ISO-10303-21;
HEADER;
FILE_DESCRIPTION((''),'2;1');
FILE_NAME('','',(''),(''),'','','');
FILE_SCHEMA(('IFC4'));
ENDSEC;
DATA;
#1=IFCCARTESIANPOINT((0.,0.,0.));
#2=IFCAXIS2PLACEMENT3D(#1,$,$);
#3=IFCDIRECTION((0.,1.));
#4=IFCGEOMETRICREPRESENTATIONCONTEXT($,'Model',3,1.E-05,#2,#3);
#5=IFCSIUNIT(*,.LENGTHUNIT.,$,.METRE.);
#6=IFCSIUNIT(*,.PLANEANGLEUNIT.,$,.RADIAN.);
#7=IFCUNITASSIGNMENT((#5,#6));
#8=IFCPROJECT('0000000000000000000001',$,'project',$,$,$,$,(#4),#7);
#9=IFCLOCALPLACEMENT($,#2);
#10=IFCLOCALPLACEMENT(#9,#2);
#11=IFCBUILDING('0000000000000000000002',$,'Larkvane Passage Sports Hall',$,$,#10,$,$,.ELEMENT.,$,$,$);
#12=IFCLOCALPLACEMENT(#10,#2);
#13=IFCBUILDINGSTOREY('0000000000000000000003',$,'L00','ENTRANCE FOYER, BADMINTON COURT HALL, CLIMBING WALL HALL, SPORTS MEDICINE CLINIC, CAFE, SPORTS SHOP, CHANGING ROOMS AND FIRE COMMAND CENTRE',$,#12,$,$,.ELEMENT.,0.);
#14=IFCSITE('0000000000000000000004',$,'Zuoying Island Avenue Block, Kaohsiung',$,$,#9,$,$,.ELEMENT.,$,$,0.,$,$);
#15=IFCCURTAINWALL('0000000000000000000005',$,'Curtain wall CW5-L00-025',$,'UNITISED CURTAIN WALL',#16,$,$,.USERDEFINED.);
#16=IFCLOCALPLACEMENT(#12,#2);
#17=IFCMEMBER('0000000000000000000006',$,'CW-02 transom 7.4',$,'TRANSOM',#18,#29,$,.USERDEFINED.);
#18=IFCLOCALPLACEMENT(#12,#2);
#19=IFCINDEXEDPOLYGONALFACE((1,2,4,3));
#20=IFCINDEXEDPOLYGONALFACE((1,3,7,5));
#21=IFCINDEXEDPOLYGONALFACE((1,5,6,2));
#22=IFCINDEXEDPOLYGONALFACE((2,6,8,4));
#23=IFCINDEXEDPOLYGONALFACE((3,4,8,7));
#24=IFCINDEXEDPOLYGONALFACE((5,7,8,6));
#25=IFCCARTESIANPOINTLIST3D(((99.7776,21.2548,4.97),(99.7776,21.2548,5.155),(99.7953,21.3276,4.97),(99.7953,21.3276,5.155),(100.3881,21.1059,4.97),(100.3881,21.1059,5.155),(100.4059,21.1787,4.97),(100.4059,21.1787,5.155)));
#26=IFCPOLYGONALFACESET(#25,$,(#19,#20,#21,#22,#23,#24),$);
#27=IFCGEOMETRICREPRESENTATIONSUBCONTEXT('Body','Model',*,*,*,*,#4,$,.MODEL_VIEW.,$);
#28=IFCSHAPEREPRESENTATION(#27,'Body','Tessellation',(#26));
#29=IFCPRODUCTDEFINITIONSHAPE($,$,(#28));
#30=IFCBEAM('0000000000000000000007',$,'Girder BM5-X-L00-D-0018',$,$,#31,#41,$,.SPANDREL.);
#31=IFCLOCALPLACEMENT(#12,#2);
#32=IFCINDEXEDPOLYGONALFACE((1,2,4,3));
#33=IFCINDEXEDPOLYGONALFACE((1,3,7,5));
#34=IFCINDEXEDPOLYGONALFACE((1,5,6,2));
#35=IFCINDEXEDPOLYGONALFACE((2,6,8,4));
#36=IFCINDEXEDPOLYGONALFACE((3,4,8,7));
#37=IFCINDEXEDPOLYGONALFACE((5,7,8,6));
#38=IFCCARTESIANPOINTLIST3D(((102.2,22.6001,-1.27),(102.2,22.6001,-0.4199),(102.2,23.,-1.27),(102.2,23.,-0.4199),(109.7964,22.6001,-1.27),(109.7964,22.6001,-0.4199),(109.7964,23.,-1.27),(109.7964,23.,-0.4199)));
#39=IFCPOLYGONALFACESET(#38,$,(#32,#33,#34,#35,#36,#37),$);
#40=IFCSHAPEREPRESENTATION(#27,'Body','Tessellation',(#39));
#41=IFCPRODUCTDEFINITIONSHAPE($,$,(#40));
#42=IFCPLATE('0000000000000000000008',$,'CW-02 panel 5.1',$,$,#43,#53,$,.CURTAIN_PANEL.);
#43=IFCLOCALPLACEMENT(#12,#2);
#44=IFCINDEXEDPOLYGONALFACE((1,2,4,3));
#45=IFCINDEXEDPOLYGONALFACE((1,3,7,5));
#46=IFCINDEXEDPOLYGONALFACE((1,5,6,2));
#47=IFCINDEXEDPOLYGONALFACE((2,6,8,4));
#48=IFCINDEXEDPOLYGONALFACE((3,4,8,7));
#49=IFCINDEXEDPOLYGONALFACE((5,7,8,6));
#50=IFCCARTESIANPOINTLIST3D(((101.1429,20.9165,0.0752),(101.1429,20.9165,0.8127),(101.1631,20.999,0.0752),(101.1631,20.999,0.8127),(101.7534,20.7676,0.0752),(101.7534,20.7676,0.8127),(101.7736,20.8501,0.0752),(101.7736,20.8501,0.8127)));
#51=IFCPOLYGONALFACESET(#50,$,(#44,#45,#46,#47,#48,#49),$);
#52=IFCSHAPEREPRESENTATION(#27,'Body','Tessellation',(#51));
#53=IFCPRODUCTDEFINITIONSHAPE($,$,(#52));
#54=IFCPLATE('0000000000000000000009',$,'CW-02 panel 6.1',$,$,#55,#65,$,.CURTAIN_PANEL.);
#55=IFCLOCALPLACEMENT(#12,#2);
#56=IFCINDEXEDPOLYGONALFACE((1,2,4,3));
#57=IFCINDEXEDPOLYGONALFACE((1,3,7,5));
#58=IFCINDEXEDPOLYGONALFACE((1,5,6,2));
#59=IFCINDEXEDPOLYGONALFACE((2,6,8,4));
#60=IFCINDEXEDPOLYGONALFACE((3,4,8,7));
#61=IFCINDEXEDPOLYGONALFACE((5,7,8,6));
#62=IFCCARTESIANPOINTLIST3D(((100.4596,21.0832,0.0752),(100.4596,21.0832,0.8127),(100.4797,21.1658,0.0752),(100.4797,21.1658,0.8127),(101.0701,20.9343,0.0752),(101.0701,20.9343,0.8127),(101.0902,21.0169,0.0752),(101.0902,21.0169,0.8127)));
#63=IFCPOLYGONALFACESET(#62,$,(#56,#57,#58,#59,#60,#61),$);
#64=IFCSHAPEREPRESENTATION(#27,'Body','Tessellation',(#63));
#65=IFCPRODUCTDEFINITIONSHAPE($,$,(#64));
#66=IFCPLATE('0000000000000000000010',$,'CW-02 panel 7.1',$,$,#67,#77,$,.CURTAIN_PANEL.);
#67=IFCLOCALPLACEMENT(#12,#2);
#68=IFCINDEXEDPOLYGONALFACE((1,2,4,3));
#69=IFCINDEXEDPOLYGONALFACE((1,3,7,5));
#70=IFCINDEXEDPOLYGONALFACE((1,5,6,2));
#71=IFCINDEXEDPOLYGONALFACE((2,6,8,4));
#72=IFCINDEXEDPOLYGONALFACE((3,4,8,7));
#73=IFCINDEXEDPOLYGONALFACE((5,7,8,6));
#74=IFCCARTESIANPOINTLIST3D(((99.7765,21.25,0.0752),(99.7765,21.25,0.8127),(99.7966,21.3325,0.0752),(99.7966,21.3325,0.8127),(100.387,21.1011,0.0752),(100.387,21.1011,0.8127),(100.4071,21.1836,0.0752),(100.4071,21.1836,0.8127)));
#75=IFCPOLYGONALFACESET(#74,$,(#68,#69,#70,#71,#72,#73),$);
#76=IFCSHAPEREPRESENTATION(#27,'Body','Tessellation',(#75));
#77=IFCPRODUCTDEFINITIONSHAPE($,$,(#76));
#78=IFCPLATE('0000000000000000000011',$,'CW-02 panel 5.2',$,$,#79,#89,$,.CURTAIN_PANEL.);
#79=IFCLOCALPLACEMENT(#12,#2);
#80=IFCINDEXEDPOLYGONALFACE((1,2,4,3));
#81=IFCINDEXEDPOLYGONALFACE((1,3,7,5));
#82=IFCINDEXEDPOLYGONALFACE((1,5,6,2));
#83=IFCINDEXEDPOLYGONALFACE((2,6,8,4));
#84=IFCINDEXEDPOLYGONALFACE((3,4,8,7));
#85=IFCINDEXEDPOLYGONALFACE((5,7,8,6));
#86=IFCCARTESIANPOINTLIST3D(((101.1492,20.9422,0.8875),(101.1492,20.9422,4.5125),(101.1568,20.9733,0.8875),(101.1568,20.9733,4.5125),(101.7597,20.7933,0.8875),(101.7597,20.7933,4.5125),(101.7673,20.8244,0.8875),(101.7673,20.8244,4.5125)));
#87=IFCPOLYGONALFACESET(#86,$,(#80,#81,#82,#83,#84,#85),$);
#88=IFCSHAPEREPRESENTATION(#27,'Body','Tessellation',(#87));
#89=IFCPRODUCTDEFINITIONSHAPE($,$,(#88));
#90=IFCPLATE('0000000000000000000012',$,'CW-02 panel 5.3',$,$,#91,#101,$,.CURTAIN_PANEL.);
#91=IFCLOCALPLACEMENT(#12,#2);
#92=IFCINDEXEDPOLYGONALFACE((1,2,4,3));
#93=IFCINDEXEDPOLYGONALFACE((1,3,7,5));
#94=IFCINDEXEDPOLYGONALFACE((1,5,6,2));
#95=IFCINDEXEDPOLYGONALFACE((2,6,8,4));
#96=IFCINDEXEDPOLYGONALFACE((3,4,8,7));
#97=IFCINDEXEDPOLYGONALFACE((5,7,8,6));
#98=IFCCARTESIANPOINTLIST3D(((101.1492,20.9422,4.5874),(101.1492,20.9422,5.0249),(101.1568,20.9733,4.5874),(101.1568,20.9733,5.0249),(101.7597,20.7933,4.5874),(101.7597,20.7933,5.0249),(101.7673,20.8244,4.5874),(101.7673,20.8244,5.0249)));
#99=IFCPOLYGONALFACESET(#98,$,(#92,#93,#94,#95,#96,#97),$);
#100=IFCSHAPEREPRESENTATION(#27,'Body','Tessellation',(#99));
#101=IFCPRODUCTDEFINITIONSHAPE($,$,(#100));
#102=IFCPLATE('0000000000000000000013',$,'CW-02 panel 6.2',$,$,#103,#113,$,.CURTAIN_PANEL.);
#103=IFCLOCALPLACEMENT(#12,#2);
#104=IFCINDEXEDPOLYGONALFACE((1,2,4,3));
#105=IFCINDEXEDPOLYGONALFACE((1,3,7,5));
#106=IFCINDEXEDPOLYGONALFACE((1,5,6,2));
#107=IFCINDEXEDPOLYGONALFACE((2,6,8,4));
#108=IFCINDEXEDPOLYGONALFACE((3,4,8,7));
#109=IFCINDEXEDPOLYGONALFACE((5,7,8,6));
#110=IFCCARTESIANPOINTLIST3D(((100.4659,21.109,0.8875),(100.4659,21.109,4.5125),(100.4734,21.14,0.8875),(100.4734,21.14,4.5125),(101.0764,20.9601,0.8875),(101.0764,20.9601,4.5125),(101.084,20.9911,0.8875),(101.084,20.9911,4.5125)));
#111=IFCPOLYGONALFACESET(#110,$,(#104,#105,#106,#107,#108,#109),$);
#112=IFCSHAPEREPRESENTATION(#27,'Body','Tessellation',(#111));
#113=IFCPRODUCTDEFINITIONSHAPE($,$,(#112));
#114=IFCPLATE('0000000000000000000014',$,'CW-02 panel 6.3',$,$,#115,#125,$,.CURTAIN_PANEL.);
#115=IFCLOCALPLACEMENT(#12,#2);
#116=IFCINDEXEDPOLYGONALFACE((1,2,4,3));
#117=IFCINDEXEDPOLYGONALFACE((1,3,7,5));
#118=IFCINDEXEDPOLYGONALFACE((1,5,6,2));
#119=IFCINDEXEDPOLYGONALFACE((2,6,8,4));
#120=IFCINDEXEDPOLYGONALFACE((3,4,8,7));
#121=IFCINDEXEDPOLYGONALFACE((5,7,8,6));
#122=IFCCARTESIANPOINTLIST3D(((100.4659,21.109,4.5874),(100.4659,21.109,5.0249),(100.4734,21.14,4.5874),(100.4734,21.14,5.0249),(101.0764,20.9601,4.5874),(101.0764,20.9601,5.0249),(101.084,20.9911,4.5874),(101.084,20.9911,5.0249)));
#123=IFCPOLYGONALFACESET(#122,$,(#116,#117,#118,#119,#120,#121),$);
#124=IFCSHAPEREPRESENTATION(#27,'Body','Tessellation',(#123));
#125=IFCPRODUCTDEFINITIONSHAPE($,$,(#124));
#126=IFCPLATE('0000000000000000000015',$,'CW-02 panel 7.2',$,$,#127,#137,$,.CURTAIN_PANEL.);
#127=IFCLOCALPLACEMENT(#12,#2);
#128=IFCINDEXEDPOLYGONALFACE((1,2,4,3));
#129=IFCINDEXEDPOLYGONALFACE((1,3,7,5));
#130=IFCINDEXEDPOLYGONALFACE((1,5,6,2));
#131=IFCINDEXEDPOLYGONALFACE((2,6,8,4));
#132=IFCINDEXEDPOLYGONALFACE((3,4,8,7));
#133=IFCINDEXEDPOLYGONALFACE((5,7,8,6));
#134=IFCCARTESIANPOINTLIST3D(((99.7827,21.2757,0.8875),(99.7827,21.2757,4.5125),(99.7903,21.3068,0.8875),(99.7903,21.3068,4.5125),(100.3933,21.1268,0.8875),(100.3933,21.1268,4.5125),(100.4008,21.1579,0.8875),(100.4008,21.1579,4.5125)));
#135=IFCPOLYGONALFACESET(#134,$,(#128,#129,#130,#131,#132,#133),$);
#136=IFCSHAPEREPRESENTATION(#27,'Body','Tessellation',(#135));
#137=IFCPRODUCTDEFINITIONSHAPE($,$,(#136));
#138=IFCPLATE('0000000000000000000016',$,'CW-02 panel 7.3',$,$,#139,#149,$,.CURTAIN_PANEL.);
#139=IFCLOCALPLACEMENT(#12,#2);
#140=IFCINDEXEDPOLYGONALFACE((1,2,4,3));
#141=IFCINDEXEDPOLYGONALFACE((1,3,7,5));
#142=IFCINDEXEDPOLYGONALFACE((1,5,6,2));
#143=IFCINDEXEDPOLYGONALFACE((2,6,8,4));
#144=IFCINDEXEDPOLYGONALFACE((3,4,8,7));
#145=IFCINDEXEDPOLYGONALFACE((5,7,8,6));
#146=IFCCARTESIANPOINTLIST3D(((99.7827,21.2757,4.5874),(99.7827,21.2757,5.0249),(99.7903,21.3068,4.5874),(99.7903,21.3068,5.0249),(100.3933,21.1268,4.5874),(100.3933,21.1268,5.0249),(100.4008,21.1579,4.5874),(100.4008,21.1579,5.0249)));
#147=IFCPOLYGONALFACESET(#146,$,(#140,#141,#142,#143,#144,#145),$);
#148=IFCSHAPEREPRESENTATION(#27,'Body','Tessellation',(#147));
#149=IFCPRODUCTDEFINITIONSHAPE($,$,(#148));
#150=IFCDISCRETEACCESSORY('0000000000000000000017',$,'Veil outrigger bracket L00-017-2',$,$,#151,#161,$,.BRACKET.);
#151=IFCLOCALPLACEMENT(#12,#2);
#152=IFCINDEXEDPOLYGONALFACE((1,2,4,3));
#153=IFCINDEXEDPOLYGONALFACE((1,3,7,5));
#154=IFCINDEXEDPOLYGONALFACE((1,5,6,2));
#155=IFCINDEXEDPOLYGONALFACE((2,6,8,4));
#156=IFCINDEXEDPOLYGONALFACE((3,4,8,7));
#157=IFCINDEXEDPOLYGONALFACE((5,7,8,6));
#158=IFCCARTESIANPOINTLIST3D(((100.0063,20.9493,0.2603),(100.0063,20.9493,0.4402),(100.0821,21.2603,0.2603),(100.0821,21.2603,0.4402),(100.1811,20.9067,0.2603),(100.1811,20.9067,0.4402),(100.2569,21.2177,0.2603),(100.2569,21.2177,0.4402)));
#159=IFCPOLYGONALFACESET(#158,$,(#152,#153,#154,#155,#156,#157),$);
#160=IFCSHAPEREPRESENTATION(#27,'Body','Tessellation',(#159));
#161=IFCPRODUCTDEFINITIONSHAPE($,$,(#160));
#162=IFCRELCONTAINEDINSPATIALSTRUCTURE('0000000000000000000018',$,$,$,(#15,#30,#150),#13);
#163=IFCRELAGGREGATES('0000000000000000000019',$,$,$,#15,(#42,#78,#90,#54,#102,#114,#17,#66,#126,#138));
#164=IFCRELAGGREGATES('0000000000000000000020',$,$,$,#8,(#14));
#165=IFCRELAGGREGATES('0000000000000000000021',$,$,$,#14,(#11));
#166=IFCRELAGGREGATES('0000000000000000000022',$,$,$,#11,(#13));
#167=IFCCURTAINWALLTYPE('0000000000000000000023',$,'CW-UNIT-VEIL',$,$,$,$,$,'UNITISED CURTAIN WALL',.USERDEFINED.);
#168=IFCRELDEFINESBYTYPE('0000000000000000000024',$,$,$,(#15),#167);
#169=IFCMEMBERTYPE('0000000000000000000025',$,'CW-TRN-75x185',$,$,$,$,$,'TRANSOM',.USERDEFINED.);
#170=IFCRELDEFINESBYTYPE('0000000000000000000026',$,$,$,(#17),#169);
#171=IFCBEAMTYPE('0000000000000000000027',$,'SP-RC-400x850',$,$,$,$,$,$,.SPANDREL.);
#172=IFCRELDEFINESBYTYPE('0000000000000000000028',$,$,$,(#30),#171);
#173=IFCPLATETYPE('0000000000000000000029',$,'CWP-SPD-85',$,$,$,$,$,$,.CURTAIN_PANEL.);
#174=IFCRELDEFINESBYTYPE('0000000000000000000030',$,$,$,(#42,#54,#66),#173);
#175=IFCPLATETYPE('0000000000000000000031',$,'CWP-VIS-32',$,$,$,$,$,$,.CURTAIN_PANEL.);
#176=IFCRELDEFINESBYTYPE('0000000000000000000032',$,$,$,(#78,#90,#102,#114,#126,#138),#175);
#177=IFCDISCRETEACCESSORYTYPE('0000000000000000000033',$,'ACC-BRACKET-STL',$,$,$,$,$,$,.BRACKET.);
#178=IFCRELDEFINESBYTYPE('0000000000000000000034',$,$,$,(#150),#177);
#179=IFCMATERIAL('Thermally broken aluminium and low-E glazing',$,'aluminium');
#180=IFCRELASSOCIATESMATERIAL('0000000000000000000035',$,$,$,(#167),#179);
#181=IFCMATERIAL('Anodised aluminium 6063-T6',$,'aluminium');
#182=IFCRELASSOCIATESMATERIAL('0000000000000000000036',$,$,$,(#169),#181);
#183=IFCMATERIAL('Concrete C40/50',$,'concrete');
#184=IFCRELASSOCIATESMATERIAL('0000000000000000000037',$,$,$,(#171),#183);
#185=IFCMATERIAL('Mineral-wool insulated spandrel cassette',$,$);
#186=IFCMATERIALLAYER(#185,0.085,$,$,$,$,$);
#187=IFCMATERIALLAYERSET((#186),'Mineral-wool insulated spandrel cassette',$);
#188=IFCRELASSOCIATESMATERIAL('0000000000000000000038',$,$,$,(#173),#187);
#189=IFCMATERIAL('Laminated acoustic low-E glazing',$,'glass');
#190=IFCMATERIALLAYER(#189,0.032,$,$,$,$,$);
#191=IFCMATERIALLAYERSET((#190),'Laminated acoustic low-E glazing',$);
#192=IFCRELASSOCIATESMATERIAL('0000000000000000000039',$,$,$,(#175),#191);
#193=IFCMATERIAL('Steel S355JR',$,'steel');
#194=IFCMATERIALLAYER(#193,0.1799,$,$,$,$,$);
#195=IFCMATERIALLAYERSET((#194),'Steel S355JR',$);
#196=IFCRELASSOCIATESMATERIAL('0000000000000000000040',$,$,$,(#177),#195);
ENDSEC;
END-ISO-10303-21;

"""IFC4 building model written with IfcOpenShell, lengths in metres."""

from ifc_helpers import new_model, si_unit, direction, frame, origin, origin_2d, place, context, subcontext, project, spatial, rectangle, extrude, material, layer, layer_set, material_profile, profile_set, type_object, element, aggregate, save


model = new_model("IFC4")

# Units and contexts
model_context = context("Model", 3, precision=1e-05, world=origin(), true_north=direction((0.0, 1.0)))
body_context = subcontext(model_context, "Body", "Model", "MODEL_VIEW")
ifc_project = project(units=[si_unit("LENGTHUNIT", "METRE"), si_unit("PLANEANGLEUNIT", "RADIAN")], contexts=[model_context])

# Site, building, storey
site_placement = place(None, origin())
site = spatial("IfcSite", under=ifc_project, at=site_placement, Name="Zuoying Island Avenue Block, Kaohsiung", CompositionType="ELEMENT", RefElevation=0.0)
building_placement = place(site_placement, origin())
building = spatial("IfcBuilding", under=site, at=building_placement, Name="Larkvane Passage Sports Hall", CompositionType="ELEMENT")
storey_placement = place(building_placement, origin())
storey = spatial("IfcBuildingStorey", under=building, at=storey_placement, Name="L00", Description="ENTRANCE FOYER, BADMINTON COURT HALL, CLIMBING WALL HALL, SPORTS MEDICINE CLINIC, CAFE, SPORTS SHOP, CHANGING ROOMS AND FIRE COMMAND CENTRE", CompositionType="ELEMENT", Elevation=0.0)

# Shared definitions
ifc_material_1 = material(Name="Steel S355JR", Category="steel")

# Curtain wall, member
ifc_material_2 = material(Name="Thermally broken aluminium and low-E glazing", Category="aluminium")
curtain_wall_type = type_object("IfcCurtainWallType", Name="CW-UNIT-VEIL", ElementType="UNITISED CURTAIN WALL", PredefinedType="USERDEFINED", material=ifc_material_2)
curtain_wall_placement = place(storey_placement, origin())
curtain_wall = element("IfcCurtainWall", 1, at=curtain_wall_placement, inside=storey, type_object=curtain_wall_type, Name="Curtain wall CW5-L00-025", ObjectType="UNITISED CURTAIN WALL", PredefinedType="USERDEFINED")
ifc_material_3 = material(Name="Anodised aluminium 6063-T6", Category="aluminium")
ifc_material_profile_1 = material_profile(ifc_material_3, rectangle(XDim=0.075, YDim=0.1851, at=origin_2d()), Name="ALU-TRN-75x185")
ifc_profile_set_1 = profile_set([ifc_material_profile_1], Name="Anodised aluminium 6063-T6")
member_type_1 = type_object("IfcMemberType", Name="CW-TRN-75x185", ElementType="TRANSOM", PredefinedType="USERDEFINED", material=ifc_profile_set_1)
member_1_placement = place(storey_placement, frame((100.397, 21.1423, 5.0625), z_axis=(-0.97152, 0.236956, 0.0), x_axis=(-0.236956, -0.97152, 0.0)))
member_1 = element("IfcMember", 2, at=member_1_placement, type_object=member_type_1, Name="CW-02 transom 7.4", ObjectType="TRANSOM", PredefinedType="USERDEFINED", context=body_context, shape_type="SweptSolid", body=[
    extrude(rectangle(XDim=0.075, YDim=0.1851, at=origin_2d()), origin(), (0.0, 0.0, 1.0), 0.6284),
])

# Beam
ifc_material_4 = material(Name="Concrete C40/50", Category="concrete")
ifc_material_profile_2 = material_profile(ifc_material_4, rectangle(XDim=0.3999, YDim=0.8501, at=origin_2d()), Name="RC-SP-400x850")
ifc_profile_set_2 = profile_set([ifc_material_profile_2], Name="Concrete C40/50")
beam_type = type_object("IfcBeamType", Name="SP-RC-400x850", PredefinedType="SPANDREL", material=ifc_profile_set_2)
beam_placement = place(storey_placement, frame((102.2, 22.8, -0.845), z_axis=(1.0, 0.0, 0.0), x_axis=(0.0, 1.0, 0.0)))
element("IfcBeam", 3, at=beam_placement, inside=storey, type_object=beam_type, Name="Girder BM5-X-L00-D-0018", PredefinedType="SPANDREL", context=body_context, shape_type="SweptSolid", body=[
    extrude(rectangle(XDim=0.3999, YDim=0.8501, at=origin_2d()), origin(), (0.0, 0.0, 1.0), 7.5964),
])

# Plates
ifc_material_5 = material(Name="Mineral-wool insulated spandrel cassette")
ifc_layer_1 = layer(ifc_material_5, 0.085)
ifc_layer_set_1 = layer_set([ifc_layer_1], Name="Mineral-wool insulated spandrel cassette")
plate_type_1 = type_object("IfcPlateType", Name="CWP-SPD-85", PredefinedType="CURTAIN_PANEL", material=ifc_layer_set_1)
plate_1_placement = place(storey_placement, frame((101.4583, 20.8833, 0.0752), z_axis=(0.0, 0.0, 1.0), x_axis=(-0.971517, 0.23697, 0.0)))
plate_1 = element("IfcPlate", 4, at=plate_1_placement, type_object=plate_type_1, Name="CW-02 panel 5.1", PredefinedType="CURTAIN_PANEL", context=body_context, shape_type="SweptSolid", body=[
    extrude(rectangle(XDim=0.6284, YDim=0.085, at=origin_2d()), origin(), (0.0, 0.0, 1.0), 0.7375),
])
plate_2_placement = place(storey_placement, frame((100.7749, 21.05, 0.0752), z_axis=(0.0, 0.0, 1.0), x_axis=(-0.971517, 0.23697, 0.0)))
plate_2 = element("IfcPlate", 5, at=plate_2_placement, type_object=plate_type_1, Name="CW-02 panel 6.1", PredefinedType="CURTAIN_PANEL", context=body_context, shape_type="SweptSolid", body=[
    extrude(rectangle(XDim=0.6284, YDim=0.085, at=origin_2d()), origin(), (0.0, 0.0, 1.0), 0.7375),
])
plate_3_placement = place(storey_placement, frame((100.0918, 21.2168, 0.0752), z_axis=(0.0, 0.0, 1.0), x_axis=(-0.971517, 0.23697, 0.0)))
plate_3 = element("IfcPlate", 6, at=plate_3_placement, type_object=plate_type_1, Name="CW-02 panel 7.1", PredefinedType="CURTAIN_PANEL", context=body_context, shape_type="SweptSolid", body=[
    extrude(rectangle(XDim=0.6284, YDim=0.085, at=origin_2d()), origin(), (0.0, 0.0, 1.0), 0.7375),
])
ifc_material_6 = material(Name="Laminated acoustic low-E glazing", Category="glass")
ifc_layer_2 = layer(ifc_material_6, 0.032)
ifc_layer_set_2 = layer_set([ifc_layer_2], Name="Laminated acoustic low-E glazing")
plate_type_2 = type_object("IfcPlateType", Name="CWP-VIS-32", PredefinedType="CURTAIN_PANEL", material=ifc_layer_set_2)
plate_4_placement = place(storey_placement, frame((101.4583, 20.8833, 0.8875), z_axis=(0.0, 0.0, 1.0), x_axis=(-0.971517, 0.23697, 0.0)))
plate_4 = element("IfcPlate", 7, at=plate_4_placement, type_object=plate_type_2, Name="CW-02 panel 5.2", PredefinedType="CURTAIN_PANEL", context=body_context, shape_type="SweptSolid", body=[
    extrude(rectangle(XDim=0.6284, YDim=0.032, at=origin_2d()), origin(), (0.0, 0.0, 1.0), 3.625),
])
plate_5_placement = place(storey_placement, frame((101.4583, 20.8833, 4.5874), z_axis=(0.0, 0.0, 1.0), x_axis=(-0.971517, 0.23697, 0.0)))
plate_5 = element("IfcPlate", 8, at=plate_5_placement, type_object=plate_type_2, Name="CW-02 panel 5.3", PredefinedType="CURTAIN_PANEL", context=body_context, shape_type="SweptSolid", body=[
    extrude(rectangle(XDim=0.6284, YDim=0.032, at=origin_2d()), origin(), (0.0, 0.0, 1.0), 0.4375),
])
plate_6_placement = place(storey_placement, frame((100.7749, 21.05, 0.8875), z_axis=(0.0, 0.0, 1.0), x_axis=(-0.971517, 0.23697, 0.0)))
plate_6 = element("IfcPlate", 9, at=plate_6_placement, type_object=plate_type_2, Name="CW-02 panel 6.2", PredefinedType="CURTAIN_PANEL", context=body_context, shape_type="SweptSolid", body=[
    extrude(rectangle(XDim=0.6284, YDim=0.032, at=origin_2d()), origin(), (0.0, 0.0, 1.0), 3.625),
])
plate_7_placement = place(storey_placement, frame((100.7749, 21.05, 4.5874), z_axis=(0.0, 0.0, 1.0), x_axis=(-0.971517, 0.23697, 0.0)))
plate_7 = element("IfcPlate", 10, at=plate_7_placement, type_object=plate_type_2, Name="CW-02 panel 6.3", PredefinedType="CURTAIN_PANEL", context=body_context, shape_type="SweptSolid", body=[
    extrude(rectangle(XDim=0.6284, YDim=0.032, at=origin_2d()), origin(), (0.0, 0.0, 1.0), 0.4375),
])
plate_8_placement = place(storey_placement, frame((100.0918, 21.2168, 0.8875), z_axis=(0.0, 0.0, 1.0), x_axis=(-0.971517, 0.23697, 0.0)))
plate_8 = element("IfcPlate", 11, at=plate_8_placement, type_object=plate_type_2, Name="CW-02 panel 7.2", PredefinedType="CURTAIN_PANEL", context=body_context, shape_type="SweptSolid", body=[
    extrude(rectangle(XDim=0.6284, YDim=0.032, at=origin_2d()), origin(), (0.0, 0.0, 1.0), 3.625),
])
plate_9_placement = place(storey_placement, frame((100.0918, 21.2168, 4.5874), z_axis=(0.0, 0.0, 1.0), x_axis=(-0.971517, 0.23697, 0.0)))
plate_9 = element("IfcPlate", 12, at=plate_9_placement, type_object=plate_type_2, Name="CW-02 panel 7.3", PredefinedType="CURTAIN_PANEL", context=body_context, shape_type="SweptSolid", body=[
    extrude(rectangle(XDim=0.6284, YDim=0.032, at=origin_2d()), origin(), (0.0, 0.0, 1.0), 0.4375),
])
aggregate(curtain_wall, [plate_1, plate_4, plate_5, plate_2, plate_6, plate_7, member_1, plate_3, plate_8, plate_9])

# Discrete accessory
ifc_layer_3 = layer(ifc_material_1, 0.1799)
ifc_layer_set_3 = layer_set([ifc_layer_3], Name="Steel S355JR")
discrete_accessory_type = type_object("IfcDiscreteAccessoryType", Name="ACC-BRACKET-STL", PredefinedType="BRACKET", material=ifc_layer_set_3)
discrete_accessory_placement = place(storey_placement, frame((100.1316, 21.0835, 0.2603), z_axis=(0.0, 0.0, 1.0), x_axis=(-0.97152, 0.236956, 0.0)))
element("IfcDiscreteAccessory", 13, at=discrete_accessory_placement, inside=storey, type_object=discrete_accessory_type, Name="Veil outrigger bracket L00-017-2", PredefinedType="BRACKET", context=body_context, shape_type="SweptSolid", body=[
    extrude(rectangle(XDim=0.1799, YDim=0.3201, at=origin_2d()), origin(), (0.0, 0.0, 1.0), 0.1799),
])

save(model, "model.ifc")
